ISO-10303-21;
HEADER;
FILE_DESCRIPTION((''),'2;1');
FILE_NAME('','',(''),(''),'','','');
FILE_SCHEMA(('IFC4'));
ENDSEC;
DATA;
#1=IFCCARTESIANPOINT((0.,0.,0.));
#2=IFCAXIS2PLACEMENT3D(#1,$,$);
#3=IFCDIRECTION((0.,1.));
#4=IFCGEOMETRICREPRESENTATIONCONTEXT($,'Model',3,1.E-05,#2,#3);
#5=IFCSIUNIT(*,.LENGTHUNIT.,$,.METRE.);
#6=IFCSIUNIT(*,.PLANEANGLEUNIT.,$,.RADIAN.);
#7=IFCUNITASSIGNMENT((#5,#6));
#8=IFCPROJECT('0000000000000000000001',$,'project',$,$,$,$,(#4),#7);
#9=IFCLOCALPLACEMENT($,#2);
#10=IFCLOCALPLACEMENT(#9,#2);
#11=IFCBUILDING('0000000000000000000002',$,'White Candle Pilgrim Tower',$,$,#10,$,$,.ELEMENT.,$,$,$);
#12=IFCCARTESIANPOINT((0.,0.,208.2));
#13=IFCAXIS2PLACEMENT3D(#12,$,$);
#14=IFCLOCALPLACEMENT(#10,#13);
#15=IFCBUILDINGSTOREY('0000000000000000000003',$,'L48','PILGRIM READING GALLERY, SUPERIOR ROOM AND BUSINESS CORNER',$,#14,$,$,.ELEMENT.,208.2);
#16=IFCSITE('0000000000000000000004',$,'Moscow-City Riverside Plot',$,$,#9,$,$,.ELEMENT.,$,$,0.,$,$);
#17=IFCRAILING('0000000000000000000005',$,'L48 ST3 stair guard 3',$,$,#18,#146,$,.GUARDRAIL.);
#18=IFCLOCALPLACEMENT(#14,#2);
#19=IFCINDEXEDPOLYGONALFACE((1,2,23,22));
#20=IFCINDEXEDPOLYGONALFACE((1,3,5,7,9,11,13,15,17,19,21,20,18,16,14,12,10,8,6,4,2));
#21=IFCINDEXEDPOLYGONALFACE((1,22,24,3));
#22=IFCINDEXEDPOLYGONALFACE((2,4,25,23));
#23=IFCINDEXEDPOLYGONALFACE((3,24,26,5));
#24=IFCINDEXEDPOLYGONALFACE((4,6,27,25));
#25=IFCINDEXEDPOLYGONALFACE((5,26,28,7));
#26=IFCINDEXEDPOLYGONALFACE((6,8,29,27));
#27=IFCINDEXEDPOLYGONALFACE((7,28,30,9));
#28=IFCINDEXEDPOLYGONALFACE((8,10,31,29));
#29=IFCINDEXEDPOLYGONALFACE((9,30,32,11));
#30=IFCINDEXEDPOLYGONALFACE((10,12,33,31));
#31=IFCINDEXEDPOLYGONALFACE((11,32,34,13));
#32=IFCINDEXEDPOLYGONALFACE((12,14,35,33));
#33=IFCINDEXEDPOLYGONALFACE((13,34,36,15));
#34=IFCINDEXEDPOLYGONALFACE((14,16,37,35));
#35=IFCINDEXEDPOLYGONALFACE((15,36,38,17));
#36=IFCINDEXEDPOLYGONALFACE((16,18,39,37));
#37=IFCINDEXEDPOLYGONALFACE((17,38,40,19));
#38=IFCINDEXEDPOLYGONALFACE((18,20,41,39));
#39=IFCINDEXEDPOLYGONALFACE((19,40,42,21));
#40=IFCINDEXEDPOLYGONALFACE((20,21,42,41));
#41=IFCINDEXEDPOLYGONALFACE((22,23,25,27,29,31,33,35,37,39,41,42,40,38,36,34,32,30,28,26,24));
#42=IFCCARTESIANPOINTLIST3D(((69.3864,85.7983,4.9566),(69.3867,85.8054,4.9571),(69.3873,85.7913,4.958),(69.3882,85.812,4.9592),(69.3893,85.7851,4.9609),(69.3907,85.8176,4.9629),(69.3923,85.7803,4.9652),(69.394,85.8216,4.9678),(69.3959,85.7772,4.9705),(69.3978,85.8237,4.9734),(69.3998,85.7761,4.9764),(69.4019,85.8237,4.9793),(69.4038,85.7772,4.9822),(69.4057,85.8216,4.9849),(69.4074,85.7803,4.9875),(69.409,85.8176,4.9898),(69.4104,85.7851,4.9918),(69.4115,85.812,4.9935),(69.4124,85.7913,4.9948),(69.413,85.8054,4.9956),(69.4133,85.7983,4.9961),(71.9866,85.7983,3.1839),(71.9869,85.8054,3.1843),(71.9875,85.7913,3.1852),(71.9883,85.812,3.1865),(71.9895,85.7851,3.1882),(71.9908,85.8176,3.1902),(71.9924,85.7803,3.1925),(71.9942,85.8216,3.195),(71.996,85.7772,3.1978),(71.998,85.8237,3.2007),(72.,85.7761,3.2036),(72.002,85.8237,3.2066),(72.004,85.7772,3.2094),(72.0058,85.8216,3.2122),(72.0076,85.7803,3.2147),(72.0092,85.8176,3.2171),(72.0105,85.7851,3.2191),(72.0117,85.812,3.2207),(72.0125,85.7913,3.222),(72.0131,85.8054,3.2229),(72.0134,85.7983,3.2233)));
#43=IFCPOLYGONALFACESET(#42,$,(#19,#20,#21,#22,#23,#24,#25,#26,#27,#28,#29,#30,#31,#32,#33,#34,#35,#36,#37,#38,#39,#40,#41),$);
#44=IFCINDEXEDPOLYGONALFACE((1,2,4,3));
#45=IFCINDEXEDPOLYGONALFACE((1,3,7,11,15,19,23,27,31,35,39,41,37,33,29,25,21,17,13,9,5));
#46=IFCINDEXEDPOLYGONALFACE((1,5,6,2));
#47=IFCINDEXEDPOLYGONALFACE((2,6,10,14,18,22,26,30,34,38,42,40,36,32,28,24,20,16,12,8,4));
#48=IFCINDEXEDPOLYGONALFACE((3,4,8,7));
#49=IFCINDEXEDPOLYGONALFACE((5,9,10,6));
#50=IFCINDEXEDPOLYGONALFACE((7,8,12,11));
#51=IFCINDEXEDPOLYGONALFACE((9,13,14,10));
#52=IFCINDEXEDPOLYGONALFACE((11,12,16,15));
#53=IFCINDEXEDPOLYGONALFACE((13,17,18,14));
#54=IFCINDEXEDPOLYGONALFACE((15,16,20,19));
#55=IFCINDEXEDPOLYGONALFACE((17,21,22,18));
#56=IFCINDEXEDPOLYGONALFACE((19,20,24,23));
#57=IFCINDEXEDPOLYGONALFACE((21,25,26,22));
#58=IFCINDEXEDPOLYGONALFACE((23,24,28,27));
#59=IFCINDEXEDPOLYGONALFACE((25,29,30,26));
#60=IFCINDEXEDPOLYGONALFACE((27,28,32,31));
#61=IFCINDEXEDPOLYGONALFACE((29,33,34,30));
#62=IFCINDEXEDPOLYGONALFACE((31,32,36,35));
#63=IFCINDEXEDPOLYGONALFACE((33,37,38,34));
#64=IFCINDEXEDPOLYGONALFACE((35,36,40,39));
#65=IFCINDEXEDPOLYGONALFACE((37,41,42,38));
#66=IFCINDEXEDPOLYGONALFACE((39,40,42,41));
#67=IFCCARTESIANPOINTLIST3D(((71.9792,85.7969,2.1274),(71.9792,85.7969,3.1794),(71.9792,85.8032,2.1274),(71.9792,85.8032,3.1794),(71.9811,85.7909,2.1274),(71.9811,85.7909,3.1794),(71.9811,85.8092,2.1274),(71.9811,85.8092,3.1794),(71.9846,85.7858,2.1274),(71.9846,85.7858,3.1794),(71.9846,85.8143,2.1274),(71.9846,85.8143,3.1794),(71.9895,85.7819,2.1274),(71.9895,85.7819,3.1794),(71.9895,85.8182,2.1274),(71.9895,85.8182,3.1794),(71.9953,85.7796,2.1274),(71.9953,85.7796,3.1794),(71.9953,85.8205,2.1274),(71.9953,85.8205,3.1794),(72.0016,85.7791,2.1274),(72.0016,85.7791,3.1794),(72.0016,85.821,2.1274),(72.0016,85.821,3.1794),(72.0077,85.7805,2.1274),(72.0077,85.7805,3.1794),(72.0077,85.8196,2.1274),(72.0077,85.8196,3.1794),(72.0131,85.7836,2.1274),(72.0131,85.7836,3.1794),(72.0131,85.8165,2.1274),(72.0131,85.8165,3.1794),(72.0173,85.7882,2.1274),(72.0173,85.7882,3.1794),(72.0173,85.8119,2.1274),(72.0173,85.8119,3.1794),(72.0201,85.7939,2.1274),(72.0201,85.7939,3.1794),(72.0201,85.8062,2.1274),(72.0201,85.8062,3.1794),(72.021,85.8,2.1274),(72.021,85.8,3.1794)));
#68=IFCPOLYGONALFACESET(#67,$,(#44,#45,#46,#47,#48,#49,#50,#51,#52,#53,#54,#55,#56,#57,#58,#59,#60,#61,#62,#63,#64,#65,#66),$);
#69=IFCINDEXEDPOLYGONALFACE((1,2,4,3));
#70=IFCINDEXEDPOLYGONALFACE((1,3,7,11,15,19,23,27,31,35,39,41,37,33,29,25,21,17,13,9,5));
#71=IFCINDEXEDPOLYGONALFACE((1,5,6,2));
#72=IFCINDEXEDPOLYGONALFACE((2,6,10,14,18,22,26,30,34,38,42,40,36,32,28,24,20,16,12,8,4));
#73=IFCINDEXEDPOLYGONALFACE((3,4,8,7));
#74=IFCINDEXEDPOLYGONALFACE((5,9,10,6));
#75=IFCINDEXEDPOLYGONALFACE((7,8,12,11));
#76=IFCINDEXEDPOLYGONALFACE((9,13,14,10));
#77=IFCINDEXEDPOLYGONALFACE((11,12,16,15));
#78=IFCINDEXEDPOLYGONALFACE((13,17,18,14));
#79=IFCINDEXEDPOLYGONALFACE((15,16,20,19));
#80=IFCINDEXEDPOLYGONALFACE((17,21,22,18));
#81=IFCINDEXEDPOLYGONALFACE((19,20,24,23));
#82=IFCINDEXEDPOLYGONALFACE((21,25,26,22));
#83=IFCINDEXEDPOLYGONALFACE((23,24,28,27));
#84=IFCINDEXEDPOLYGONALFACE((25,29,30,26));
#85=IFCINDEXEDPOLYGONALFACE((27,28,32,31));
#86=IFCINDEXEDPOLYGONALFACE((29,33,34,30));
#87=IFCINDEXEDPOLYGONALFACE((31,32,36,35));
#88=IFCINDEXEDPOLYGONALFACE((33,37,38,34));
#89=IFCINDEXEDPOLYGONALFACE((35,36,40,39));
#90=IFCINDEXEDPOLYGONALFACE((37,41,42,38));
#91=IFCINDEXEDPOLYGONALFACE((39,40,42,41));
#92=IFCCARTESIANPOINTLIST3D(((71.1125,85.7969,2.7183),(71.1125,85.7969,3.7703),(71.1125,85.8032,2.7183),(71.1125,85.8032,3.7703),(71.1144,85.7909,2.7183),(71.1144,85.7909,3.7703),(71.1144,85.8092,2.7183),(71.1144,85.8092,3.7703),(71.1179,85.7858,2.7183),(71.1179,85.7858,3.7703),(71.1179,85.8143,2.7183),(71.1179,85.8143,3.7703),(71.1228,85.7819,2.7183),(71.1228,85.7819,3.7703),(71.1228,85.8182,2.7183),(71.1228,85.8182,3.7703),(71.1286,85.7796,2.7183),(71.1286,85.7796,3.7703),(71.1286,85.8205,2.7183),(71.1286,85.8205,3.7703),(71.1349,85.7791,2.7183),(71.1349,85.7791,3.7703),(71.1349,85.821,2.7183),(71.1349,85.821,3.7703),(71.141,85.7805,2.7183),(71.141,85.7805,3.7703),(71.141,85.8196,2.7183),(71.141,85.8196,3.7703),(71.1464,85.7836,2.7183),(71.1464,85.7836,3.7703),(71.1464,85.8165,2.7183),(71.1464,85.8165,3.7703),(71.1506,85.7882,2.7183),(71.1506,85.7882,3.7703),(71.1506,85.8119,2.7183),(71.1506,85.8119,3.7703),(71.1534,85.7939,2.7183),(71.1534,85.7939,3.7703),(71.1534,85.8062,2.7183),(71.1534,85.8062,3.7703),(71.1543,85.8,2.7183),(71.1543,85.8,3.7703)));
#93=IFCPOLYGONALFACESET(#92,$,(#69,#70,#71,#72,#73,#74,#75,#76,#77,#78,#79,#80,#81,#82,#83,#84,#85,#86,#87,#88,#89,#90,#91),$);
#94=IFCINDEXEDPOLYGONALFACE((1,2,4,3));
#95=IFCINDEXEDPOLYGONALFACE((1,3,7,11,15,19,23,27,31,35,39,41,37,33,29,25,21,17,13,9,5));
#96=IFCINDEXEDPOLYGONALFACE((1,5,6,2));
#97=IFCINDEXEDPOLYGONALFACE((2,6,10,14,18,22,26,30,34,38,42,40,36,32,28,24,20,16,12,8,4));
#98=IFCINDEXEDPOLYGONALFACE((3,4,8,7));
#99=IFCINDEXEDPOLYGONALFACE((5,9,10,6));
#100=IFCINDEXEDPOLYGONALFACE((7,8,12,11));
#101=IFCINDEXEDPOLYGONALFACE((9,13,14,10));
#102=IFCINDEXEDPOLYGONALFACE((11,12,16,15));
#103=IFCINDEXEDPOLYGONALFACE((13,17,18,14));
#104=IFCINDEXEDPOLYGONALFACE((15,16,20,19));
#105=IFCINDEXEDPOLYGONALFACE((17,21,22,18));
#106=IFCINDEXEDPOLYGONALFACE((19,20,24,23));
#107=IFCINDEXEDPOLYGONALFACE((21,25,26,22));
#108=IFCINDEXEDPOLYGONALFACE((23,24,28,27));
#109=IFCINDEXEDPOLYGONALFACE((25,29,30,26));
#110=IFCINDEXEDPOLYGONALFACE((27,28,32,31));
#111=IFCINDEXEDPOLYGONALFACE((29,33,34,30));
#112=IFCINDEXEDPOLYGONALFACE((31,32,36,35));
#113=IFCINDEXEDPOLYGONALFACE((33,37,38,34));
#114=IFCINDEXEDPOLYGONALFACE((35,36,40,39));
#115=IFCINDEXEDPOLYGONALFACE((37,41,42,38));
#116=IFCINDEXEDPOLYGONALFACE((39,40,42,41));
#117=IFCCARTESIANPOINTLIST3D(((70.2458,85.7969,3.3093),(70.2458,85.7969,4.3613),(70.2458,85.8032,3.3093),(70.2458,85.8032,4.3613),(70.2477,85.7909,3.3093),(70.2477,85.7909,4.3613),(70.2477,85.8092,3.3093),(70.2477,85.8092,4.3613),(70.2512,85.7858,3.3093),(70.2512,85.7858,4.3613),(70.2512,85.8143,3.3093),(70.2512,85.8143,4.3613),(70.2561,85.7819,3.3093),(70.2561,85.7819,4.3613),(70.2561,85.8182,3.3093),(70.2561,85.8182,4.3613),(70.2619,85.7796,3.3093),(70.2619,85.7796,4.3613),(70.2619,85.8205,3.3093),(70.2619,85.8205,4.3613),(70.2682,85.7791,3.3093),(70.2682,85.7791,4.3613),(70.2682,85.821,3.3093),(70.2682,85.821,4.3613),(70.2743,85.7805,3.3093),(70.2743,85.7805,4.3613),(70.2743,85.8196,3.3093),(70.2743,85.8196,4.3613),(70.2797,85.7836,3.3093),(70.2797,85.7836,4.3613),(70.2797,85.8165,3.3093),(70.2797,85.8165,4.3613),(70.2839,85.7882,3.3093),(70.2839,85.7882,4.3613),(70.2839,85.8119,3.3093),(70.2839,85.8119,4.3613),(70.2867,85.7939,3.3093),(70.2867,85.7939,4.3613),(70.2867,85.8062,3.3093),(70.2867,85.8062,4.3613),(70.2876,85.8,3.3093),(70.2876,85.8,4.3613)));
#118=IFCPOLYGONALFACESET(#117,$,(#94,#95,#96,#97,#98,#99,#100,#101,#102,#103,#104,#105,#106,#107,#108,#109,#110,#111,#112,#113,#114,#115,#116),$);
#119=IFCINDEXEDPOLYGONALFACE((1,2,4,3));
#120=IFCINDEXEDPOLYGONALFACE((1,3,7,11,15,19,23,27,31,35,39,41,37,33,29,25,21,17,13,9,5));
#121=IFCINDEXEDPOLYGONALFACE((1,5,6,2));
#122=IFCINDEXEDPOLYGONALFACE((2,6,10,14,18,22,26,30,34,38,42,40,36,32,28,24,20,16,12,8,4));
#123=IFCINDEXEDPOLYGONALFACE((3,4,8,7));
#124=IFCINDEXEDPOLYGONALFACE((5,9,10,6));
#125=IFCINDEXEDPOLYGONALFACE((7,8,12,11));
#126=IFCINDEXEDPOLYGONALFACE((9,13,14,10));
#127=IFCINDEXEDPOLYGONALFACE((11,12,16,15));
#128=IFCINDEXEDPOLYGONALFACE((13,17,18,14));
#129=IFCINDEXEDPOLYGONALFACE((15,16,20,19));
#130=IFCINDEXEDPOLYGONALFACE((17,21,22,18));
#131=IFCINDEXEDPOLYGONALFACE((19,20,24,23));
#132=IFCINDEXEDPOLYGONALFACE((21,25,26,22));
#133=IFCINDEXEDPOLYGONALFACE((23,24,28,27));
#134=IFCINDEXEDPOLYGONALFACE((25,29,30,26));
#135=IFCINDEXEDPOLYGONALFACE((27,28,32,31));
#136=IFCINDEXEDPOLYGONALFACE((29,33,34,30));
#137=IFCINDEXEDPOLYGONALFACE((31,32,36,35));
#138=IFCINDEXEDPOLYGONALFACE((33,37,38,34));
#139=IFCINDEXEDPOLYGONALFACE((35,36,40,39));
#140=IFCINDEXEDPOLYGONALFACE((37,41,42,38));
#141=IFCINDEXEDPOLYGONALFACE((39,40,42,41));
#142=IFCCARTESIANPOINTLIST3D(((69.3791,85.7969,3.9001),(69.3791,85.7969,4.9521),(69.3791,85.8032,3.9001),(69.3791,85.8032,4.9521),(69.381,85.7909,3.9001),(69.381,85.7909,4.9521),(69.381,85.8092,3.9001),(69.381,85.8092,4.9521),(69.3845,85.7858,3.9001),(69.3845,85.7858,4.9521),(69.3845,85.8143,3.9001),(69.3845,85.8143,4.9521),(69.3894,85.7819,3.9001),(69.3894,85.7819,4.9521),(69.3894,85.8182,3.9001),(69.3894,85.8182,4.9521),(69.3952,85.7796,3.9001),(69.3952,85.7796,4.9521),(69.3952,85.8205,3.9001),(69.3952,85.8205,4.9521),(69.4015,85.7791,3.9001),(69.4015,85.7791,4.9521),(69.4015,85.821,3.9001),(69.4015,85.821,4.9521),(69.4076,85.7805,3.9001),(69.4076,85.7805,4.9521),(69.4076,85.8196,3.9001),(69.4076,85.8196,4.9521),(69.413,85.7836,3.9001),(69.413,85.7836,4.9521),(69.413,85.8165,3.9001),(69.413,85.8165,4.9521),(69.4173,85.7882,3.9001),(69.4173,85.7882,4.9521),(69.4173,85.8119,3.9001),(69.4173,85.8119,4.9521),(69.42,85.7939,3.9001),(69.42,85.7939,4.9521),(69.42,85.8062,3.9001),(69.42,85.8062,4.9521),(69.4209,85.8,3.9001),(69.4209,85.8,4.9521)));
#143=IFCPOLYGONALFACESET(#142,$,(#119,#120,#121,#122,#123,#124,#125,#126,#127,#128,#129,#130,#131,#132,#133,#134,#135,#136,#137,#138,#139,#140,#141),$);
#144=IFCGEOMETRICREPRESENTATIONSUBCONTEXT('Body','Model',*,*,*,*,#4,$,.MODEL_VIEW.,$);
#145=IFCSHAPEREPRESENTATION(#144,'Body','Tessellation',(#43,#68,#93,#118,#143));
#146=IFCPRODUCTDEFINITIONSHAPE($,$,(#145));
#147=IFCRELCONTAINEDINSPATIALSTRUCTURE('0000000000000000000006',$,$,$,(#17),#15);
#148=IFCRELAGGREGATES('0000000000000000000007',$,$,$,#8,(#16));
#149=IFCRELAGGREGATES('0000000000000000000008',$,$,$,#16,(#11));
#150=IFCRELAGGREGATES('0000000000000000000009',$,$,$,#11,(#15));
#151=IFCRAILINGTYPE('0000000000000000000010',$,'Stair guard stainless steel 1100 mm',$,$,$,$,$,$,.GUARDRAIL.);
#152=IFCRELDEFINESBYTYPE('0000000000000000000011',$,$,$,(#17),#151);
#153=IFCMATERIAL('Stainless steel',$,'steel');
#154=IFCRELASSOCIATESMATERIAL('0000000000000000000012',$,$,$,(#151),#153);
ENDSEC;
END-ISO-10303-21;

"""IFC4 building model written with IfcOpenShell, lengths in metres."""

from ifc_helpers import new_model, si_unit, direction, frame, origin, origin_2d, place, context, subcontext, project, spatial, circle, extrude, material, type_object, element, save


model = new_model("IFC4")

# Units and contexts
model_context = context("Model", 3, precision=1e-05, world=origin(), true_north=direction((0.0, 1.0)))
body_context = subcontext(model_context, "Body", "Model", "MODEL_VIEW")
ifc_project = project(units=[si_unit("LENGTHUNIT", "METRE"), si_unit("PLANEANGLEUNIT", "RADIAN")], contexts=[model_context])

# Site, building, storey
site_placement = place(None, origin())
site = spatial("IfcSite", under=ifc_project, at=site_placement, Name="Moscow-City Riverside Plot", CompositionType="ELEMENT", RefElevation=0.0)
building_placement = place(site_placement, origin())
building = spatial("IfcBuilding", under=site, at=building_placement, Name="White Candle Pilgrim Tower", CompositionType="ELEMENT")
storey_placement = place(building_placement, frame((0.0, 0.0, 208.2)))
storey = spatial("IfcBuildingStorey", under=building, at=storey_placement, Name="L48", Description="PILGRIM READING GALLERY, SUPERIOR ROOM AND BUSINESS CORNER", CompositionType="ELEMENT", Elevation=208.2)

# Railing
ifc_material_1 = material(Name="Stainless steel", Category="steel")
railing_type_1 = type_object("IfcRailingType", Name="Stair guard stainless steel 1100 mm", PredefinedType="GUARDRAIL", material=ifc_material_1)
railing_1_placement = place(storey_placement, frame((72.0, 85.8, 2.1274)))
element("IfcRailing", 1, at=railing_1_placement, inside=storey, type_object=railing_type_1, Name="L48 ST3 stair guard 3", PredefinedType="GUARDRAIL", context=body_context, shape_type="SweptSolid", body=[
    extrude(circle(Radius=0.0239, at=origin_2d()), frame((0.0, 0.0, 1.0762), z_axis=(-0.82624, 0.0, 0.563318), x_axis=(0.0, -1.0, 0.0)), (0.0, 0.0, 1.0), 3.147),
    extrude(circle(Radius=0.021, at=origin_2d()), origin(), (0.0, 0.0, 1.0), 1.052),
    extrude(circle(Radius=0.021, at=origin_2d()), frame((-0.8667, 0.0, 0.5908)), (0.0, 0.0, 1.0), 1.052),
    extrude(circle(Radius=0.021, at=origin_2d()), frame((-1.7334, 0.0, 1.1819)), (0.0, 0.0, 1.0), 1.052),
    extrude(circle(Radius=0.021, at=origin_2d()), frame((-2.6001, 0.0, 1.7727)), (0.0, 0.0, 1.0), 1.052),
])

save(model, "model.ifc")
